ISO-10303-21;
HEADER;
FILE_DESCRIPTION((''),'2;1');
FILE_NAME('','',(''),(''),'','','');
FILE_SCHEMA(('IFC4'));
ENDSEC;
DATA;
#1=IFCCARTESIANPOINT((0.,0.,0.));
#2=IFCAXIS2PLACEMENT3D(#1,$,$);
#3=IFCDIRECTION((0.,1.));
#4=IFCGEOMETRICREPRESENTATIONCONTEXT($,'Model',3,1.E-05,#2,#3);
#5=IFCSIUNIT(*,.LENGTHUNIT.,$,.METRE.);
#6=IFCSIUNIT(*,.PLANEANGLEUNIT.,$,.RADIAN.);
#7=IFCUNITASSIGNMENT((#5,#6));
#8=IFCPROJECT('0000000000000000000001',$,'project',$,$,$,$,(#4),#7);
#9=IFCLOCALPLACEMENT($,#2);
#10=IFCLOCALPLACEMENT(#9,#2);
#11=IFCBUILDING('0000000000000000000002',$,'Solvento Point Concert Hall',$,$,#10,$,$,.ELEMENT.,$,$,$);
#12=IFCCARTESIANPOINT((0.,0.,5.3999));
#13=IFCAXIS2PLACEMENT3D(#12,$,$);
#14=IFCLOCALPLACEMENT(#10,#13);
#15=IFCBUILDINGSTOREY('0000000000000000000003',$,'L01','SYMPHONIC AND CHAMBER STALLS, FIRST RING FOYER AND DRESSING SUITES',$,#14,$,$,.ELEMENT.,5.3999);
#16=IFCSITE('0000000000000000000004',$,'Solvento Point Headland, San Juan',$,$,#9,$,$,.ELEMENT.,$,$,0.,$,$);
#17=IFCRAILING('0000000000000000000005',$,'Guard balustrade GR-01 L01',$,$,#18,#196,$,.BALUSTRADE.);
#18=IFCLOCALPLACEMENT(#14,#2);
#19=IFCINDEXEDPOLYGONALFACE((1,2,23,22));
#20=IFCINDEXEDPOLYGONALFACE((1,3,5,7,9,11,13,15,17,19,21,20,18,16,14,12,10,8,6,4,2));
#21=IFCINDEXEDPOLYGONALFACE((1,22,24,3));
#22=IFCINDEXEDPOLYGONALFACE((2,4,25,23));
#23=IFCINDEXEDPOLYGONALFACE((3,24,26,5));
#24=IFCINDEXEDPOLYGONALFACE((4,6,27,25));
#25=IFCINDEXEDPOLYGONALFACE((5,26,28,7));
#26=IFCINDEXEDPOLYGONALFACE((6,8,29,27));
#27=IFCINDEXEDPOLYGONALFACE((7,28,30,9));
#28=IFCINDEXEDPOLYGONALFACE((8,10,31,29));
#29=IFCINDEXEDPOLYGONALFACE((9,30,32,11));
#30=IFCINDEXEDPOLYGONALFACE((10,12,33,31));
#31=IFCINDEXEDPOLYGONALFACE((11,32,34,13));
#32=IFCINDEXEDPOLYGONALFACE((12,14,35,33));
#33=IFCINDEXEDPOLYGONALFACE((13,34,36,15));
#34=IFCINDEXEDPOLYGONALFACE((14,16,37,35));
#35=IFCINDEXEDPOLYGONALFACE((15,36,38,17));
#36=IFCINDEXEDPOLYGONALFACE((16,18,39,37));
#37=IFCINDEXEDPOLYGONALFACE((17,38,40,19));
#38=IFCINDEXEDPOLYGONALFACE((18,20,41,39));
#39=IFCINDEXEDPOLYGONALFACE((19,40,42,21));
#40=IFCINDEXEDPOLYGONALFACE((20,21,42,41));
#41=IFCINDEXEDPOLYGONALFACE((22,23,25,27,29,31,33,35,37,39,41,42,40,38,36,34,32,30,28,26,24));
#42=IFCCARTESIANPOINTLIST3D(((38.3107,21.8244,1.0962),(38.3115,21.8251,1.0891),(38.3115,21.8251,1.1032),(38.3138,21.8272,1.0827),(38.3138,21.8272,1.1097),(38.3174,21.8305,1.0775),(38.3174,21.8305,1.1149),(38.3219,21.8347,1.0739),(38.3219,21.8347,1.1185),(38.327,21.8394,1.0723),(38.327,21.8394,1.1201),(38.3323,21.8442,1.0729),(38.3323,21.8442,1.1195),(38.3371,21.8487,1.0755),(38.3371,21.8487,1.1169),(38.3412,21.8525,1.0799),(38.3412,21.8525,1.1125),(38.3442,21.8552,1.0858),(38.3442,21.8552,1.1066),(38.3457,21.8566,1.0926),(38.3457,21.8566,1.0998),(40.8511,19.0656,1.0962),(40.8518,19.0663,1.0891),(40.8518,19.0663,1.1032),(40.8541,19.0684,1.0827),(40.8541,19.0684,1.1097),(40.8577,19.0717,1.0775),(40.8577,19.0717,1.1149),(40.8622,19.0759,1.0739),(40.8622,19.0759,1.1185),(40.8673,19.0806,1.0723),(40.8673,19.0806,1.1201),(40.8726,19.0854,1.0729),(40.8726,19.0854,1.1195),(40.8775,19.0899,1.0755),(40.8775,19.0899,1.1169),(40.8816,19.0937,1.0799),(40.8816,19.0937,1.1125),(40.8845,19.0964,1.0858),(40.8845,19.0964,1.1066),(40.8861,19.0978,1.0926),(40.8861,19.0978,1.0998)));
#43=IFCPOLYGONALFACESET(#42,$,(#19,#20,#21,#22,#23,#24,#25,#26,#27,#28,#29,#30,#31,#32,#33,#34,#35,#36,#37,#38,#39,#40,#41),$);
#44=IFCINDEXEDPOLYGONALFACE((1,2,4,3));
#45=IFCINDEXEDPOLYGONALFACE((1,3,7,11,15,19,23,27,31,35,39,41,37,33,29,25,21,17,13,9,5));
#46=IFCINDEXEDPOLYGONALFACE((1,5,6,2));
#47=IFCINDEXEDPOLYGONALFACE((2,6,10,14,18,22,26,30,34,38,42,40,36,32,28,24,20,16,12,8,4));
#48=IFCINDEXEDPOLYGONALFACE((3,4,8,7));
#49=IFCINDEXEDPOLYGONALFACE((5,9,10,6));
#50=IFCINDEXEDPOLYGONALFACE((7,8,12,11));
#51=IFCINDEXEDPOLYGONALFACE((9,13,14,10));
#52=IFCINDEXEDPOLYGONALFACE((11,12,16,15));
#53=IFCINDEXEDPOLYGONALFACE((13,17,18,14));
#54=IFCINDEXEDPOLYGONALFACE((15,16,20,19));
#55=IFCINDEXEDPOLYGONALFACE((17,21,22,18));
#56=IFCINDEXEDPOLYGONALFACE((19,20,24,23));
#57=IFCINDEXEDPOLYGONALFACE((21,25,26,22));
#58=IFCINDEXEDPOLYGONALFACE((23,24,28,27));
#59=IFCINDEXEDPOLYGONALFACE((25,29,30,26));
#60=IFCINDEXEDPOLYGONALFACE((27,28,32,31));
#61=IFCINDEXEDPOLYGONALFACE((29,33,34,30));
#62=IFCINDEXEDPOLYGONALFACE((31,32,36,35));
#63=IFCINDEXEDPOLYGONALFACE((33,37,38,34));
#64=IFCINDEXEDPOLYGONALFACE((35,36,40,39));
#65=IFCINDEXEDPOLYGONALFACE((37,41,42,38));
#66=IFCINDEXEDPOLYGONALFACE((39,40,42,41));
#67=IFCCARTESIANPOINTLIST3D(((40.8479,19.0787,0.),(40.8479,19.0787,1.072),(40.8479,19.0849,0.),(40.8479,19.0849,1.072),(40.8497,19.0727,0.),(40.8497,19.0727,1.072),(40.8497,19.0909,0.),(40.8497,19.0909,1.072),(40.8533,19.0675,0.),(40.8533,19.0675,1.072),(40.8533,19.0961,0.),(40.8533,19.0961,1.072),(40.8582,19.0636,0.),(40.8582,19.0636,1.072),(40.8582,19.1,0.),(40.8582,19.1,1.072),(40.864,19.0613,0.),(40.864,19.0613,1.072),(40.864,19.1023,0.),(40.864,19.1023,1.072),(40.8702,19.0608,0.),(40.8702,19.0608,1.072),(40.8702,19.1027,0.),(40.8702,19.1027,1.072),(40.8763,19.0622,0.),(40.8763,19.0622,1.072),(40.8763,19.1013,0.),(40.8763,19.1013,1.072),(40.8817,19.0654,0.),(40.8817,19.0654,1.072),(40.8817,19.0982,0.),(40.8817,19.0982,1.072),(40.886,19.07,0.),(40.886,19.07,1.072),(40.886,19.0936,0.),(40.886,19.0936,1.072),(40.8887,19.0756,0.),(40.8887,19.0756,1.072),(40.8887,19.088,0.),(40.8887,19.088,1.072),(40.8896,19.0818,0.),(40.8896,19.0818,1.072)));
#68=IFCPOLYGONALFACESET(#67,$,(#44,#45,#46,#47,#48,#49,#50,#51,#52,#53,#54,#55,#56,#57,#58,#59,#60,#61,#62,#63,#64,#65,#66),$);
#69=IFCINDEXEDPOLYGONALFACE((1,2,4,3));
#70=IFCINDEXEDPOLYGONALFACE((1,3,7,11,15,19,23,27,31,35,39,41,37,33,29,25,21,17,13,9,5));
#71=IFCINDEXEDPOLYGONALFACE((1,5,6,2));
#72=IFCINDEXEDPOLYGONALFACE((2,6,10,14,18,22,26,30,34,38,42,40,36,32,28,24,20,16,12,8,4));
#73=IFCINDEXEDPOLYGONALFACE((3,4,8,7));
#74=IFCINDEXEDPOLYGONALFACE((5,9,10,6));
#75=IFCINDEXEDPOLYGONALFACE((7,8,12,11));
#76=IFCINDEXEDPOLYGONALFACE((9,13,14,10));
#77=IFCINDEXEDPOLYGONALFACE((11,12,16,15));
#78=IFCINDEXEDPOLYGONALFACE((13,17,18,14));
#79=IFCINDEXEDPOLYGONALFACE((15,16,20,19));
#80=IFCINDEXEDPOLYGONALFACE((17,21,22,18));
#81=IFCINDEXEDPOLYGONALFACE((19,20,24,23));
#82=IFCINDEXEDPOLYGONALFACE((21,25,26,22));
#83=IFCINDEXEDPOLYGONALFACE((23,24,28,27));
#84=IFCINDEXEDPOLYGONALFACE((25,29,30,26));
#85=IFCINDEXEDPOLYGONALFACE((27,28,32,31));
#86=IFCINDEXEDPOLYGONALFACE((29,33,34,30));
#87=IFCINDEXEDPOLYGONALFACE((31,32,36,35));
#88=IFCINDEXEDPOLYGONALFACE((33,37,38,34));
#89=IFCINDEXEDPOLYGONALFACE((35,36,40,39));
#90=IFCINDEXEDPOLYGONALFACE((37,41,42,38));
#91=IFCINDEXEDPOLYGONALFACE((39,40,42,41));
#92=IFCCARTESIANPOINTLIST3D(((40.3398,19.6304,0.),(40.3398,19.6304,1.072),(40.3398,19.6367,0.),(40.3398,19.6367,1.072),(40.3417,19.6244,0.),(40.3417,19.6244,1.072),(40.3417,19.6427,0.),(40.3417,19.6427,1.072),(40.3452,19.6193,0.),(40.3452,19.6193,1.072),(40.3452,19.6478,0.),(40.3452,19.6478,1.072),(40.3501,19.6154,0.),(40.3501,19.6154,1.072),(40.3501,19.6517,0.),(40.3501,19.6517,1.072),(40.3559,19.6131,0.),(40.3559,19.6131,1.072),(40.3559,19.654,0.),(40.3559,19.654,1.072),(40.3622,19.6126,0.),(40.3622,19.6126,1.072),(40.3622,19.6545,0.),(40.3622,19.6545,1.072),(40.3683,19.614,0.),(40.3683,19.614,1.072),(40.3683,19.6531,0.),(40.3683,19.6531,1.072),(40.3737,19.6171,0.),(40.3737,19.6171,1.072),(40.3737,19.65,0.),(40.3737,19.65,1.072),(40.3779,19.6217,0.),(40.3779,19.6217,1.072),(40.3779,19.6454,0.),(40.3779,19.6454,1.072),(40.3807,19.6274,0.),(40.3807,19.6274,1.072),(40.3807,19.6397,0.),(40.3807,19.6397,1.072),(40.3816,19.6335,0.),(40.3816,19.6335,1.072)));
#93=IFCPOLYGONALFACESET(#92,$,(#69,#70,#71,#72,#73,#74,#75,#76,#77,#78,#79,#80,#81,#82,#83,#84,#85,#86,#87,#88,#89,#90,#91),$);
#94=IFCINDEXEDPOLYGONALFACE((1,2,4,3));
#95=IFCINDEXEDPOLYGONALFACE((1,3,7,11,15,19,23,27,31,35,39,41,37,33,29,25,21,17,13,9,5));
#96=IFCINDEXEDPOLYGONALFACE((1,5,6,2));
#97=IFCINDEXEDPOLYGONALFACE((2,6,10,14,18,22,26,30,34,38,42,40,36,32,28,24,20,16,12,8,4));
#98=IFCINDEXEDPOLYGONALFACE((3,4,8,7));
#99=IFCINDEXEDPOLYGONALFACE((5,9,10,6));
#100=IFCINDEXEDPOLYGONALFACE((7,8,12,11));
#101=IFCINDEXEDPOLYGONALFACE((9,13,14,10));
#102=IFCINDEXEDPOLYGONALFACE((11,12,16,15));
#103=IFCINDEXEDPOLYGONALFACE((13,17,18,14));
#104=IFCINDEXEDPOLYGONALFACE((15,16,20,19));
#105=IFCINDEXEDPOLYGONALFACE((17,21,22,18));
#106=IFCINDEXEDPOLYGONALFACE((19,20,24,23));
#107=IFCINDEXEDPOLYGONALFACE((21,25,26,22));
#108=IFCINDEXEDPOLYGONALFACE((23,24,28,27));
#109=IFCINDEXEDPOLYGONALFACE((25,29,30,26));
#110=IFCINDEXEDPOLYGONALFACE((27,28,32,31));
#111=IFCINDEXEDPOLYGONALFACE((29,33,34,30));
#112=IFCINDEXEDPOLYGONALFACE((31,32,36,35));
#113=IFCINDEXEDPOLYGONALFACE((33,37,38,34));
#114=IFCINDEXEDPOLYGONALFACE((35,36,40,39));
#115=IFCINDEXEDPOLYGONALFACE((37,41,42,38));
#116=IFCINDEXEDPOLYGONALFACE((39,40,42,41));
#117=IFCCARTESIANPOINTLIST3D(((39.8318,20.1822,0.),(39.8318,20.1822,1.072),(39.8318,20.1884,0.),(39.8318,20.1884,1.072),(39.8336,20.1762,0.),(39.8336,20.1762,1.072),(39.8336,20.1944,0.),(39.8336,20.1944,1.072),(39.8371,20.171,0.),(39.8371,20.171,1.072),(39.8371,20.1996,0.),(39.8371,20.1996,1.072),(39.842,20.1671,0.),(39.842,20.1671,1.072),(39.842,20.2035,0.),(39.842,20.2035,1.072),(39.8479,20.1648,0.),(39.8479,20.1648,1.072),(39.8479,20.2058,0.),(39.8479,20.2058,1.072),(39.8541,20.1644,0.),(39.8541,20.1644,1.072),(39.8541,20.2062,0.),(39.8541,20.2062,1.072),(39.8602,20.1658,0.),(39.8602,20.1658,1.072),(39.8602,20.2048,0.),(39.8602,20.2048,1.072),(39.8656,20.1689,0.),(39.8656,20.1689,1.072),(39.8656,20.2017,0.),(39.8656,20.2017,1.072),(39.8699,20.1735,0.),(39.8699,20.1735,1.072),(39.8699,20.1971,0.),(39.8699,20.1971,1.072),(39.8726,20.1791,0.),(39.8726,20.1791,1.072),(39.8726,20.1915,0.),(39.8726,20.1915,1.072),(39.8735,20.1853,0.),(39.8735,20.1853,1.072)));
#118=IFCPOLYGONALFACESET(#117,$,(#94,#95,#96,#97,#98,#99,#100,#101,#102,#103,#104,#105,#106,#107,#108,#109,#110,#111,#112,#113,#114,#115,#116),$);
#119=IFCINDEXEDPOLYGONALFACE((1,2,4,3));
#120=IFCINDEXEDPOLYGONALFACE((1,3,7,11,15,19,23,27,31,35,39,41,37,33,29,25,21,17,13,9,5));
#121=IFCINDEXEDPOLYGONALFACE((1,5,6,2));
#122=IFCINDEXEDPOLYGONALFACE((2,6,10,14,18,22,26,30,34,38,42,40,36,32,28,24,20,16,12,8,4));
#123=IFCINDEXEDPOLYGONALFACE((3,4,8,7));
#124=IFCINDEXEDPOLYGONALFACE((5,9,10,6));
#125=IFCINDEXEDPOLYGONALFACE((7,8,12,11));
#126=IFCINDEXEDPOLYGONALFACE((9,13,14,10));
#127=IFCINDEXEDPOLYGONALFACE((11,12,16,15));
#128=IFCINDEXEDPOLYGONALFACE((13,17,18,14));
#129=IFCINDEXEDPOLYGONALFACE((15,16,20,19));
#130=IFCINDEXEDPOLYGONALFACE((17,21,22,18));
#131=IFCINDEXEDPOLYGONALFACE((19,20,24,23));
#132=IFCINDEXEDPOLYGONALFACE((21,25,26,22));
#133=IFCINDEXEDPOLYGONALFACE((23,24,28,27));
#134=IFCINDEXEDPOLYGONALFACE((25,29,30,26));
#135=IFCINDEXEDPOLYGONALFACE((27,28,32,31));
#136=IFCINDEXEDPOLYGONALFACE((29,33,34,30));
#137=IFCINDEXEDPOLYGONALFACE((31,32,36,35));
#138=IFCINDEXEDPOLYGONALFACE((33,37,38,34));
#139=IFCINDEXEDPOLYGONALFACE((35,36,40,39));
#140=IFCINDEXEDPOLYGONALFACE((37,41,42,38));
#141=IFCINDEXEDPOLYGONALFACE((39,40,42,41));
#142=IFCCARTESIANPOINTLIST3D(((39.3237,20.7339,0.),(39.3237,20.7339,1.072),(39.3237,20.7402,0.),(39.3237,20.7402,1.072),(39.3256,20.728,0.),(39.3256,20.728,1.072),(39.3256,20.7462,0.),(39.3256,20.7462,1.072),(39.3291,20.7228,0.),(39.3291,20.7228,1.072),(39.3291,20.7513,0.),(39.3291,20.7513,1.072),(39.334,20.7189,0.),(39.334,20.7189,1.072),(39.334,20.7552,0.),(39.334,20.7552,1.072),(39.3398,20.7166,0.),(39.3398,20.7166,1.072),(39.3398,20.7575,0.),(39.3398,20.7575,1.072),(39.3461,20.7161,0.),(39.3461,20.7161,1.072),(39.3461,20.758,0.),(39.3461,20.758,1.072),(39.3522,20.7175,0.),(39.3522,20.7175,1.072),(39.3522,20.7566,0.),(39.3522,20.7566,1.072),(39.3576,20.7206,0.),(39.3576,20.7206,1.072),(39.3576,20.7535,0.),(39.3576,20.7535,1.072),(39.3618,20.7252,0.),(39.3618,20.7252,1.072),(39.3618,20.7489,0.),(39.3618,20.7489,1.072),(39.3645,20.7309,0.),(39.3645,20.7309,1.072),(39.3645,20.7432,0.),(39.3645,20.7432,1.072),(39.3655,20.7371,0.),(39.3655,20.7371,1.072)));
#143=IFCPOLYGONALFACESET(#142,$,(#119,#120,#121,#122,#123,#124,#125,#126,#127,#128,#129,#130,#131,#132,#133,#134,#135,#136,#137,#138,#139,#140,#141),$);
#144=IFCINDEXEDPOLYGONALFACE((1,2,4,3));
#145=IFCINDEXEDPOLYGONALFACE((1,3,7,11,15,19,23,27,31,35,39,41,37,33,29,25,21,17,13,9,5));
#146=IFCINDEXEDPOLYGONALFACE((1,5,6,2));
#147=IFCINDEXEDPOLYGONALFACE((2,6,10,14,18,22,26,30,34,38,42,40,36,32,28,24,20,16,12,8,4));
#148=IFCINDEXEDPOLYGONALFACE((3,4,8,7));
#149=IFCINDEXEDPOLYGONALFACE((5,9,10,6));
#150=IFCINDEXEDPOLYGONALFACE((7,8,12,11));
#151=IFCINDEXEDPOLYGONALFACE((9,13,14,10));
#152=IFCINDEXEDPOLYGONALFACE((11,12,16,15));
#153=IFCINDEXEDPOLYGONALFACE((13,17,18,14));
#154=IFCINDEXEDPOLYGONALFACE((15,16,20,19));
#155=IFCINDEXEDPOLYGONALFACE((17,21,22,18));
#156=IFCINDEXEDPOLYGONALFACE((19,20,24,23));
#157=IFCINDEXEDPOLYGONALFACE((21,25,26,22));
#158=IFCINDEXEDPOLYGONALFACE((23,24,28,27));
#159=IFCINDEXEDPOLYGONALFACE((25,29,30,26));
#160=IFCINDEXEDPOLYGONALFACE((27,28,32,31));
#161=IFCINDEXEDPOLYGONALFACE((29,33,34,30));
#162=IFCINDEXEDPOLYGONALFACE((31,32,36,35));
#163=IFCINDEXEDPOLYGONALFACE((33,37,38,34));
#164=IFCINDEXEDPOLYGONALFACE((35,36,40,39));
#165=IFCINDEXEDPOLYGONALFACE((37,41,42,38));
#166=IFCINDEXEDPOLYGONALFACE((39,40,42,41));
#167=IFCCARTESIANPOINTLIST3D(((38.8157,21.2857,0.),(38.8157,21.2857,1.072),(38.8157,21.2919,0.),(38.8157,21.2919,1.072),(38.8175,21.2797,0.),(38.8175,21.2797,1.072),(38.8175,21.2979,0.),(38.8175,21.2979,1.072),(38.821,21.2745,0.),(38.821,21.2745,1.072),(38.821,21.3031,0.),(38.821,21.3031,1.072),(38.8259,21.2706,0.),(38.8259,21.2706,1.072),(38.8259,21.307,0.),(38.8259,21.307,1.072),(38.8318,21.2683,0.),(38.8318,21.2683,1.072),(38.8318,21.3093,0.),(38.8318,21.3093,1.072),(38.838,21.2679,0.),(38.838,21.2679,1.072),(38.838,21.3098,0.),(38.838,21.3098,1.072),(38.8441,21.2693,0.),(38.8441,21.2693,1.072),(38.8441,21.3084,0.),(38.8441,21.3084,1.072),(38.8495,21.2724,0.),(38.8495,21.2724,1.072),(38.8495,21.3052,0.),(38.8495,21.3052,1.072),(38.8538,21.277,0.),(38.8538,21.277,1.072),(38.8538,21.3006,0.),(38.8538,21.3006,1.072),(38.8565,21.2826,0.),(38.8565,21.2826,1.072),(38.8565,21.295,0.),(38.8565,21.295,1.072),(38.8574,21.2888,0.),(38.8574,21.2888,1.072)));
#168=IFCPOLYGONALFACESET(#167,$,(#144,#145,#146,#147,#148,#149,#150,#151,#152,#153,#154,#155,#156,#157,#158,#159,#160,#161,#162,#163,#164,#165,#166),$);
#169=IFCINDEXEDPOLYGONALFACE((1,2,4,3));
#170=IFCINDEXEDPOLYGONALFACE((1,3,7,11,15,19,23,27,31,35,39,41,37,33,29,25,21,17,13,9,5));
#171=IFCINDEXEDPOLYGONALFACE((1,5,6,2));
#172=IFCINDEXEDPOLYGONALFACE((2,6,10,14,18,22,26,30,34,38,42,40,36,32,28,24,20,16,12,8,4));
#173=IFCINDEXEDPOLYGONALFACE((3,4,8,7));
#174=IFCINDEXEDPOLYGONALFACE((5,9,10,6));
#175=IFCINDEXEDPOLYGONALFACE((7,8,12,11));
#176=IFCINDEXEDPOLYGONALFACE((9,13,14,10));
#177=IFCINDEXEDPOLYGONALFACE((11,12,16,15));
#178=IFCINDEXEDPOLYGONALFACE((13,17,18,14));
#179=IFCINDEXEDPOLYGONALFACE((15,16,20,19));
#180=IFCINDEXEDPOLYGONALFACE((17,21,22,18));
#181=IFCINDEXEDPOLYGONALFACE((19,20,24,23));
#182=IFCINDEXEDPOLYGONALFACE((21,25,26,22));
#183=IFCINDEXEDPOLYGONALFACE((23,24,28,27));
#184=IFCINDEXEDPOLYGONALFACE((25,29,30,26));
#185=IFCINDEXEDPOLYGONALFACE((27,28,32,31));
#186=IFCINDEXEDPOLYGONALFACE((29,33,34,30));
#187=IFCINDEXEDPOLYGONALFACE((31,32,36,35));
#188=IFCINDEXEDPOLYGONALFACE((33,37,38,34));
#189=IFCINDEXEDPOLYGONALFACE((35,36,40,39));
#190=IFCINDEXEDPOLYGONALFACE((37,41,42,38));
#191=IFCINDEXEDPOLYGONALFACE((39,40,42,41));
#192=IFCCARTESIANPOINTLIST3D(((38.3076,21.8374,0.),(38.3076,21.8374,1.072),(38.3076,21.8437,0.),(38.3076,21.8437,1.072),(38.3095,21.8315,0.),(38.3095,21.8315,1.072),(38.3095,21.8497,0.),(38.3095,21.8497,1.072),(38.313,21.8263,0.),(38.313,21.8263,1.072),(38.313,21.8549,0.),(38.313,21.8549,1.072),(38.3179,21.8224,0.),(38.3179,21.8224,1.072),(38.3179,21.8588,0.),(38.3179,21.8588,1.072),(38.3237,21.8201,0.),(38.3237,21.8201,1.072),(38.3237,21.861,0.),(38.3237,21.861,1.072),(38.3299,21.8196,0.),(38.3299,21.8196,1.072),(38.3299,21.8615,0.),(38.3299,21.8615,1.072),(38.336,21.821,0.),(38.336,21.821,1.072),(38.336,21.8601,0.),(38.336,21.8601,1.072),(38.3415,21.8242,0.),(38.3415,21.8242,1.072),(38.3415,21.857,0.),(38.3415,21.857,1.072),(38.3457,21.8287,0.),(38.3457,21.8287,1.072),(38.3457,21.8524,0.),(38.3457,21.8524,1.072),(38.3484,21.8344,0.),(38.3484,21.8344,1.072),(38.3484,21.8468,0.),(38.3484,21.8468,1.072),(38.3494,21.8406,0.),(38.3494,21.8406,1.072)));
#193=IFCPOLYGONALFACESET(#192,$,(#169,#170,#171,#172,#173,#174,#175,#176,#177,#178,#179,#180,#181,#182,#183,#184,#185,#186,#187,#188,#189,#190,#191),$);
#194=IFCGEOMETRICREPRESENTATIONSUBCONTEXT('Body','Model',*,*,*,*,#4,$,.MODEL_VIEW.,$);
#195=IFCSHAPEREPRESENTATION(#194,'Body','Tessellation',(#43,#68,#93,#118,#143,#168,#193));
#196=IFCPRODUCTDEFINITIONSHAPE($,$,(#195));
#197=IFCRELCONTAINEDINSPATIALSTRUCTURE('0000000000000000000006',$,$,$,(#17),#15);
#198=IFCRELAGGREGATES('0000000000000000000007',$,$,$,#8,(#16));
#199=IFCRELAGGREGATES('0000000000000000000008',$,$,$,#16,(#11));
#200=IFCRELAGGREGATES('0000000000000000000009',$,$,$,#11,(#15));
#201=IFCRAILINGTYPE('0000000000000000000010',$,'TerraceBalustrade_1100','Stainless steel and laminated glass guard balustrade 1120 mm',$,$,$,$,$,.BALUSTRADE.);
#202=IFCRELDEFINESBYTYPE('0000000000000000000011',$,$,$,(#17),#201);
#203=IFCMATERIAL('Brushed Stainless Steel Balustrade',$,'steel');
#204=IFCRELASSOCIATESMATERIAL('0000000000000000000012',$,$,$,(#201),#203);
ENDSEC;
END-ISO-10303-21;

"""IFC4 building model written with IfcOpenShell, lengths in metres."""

from ifc_helpers import new_model, si_unit, direction, frame, origin, origin_2d, place, context, subcontext, project, spatial, circle, extrude, material, type_object, element, save


model = new_model("IFC4")

# Units and contexts
model_context = context("Model", 3, precision=1e-05, world=origin(), true_north=direction((0.0, 1.0)))
body_context = subcontext(model_context, "Body", "Model", "MODEL_VIEW")
ifc_project = project(units=[si_unit("LENGTHUNIT", "METRE"), si_unit("PLANEANGLEUNIT", "RADIAN")], contexts=[model_context])

# Site, building, storey
site_placement = place(None, origin())
site = spatial("IfcSite", under=ifc_project, at=site_placement, Name="Solvento Point Headland, San Juan", CompositionType="ELEMENT", RefElevation=0.0)
building_placement = place(site_placement, origin())
building = spatial("IfcBuilding", under=site, at=building_placement, Name="Solvento Point Concert Hall", CompositionType="ELEMENT")
storey_placement = place(building_placement, frame((0.0, 0.0, 5.3999)))
storey = spatial("IfcBuildingStorey", under=building, at=storey_placement, Name="L01", Description="SYMPHONIC AND CHAMBER STALLS, FIRST RING FOYER AND DRESSING SUITES", CompositionType="ELEMENT", Elevation=5.3999)

# Railing
ifc_material_1 = material(Name="Brushed Stainless Steel Balustrade", Category="steel")
railing_type = type_object("IfcRailingType", Name="TerraceBalustrade_1100", Description="Stainless steel and laminated glass guard balustrade 1120 mm", PredefinedType="BALUSTRADE", material=ifc_material_1)
railing_placement = place(storey_placement, frame((40.8687, 19.0818, 0.0)))
element("IfcRailing", 1, at=railing_placement, inside=storey, type_object=railing_type, Name="Guard balustrade GR-01 L01", PredefinedType="BALUSTRADE", context=body_context, shape_type="SweptSolid", body=[
    extrude(circle(Radius=0.0239, at=origin_2d()), frame((0.0, 0.0, 1.0962), z_axis=(-0.677374, 0.735639, 0.0), x_axis=(-0.735639, -0.677374, 0.0)), (0.0, 0.0, 1.0), 3.7502),
    extrude(circle(Radius=0.021, at=origin_2d()), origin(), (0.0, 0.0, 1.0), 1.072),
    extrude(circle(Radius=0.021, at=origin_2d()), frame((-0.5081, 0.5518, 0.0)), (0.0, 0.0, 1.0), 1.072),
    extrude(circle(Radius=0.021, at=origin_2d()), frame((-1.0161, 1.1035, 0.0)), (0.0, 0.0, 1.0), 1.072),
    extrude(circle(Radius=0.021, at=origin_2d()), frame((-1.5242, 1.6553, 0.0)), (0.0, 0.0, 1.0), 1.072),
    extrude(circle(Radius=0.021, at=origin_2d()), frame((-2.0322, 2.207, 0.0)), (0.0, 0.0, 1.0), 1.072),
    extrude(circle(Radius=0.021, at=origin_2d()), frame((-2.5403, 2.7588, 0.0)), (0.0, 0.0, 1.0), 1.072),
])

save(model, "model.ifc")
